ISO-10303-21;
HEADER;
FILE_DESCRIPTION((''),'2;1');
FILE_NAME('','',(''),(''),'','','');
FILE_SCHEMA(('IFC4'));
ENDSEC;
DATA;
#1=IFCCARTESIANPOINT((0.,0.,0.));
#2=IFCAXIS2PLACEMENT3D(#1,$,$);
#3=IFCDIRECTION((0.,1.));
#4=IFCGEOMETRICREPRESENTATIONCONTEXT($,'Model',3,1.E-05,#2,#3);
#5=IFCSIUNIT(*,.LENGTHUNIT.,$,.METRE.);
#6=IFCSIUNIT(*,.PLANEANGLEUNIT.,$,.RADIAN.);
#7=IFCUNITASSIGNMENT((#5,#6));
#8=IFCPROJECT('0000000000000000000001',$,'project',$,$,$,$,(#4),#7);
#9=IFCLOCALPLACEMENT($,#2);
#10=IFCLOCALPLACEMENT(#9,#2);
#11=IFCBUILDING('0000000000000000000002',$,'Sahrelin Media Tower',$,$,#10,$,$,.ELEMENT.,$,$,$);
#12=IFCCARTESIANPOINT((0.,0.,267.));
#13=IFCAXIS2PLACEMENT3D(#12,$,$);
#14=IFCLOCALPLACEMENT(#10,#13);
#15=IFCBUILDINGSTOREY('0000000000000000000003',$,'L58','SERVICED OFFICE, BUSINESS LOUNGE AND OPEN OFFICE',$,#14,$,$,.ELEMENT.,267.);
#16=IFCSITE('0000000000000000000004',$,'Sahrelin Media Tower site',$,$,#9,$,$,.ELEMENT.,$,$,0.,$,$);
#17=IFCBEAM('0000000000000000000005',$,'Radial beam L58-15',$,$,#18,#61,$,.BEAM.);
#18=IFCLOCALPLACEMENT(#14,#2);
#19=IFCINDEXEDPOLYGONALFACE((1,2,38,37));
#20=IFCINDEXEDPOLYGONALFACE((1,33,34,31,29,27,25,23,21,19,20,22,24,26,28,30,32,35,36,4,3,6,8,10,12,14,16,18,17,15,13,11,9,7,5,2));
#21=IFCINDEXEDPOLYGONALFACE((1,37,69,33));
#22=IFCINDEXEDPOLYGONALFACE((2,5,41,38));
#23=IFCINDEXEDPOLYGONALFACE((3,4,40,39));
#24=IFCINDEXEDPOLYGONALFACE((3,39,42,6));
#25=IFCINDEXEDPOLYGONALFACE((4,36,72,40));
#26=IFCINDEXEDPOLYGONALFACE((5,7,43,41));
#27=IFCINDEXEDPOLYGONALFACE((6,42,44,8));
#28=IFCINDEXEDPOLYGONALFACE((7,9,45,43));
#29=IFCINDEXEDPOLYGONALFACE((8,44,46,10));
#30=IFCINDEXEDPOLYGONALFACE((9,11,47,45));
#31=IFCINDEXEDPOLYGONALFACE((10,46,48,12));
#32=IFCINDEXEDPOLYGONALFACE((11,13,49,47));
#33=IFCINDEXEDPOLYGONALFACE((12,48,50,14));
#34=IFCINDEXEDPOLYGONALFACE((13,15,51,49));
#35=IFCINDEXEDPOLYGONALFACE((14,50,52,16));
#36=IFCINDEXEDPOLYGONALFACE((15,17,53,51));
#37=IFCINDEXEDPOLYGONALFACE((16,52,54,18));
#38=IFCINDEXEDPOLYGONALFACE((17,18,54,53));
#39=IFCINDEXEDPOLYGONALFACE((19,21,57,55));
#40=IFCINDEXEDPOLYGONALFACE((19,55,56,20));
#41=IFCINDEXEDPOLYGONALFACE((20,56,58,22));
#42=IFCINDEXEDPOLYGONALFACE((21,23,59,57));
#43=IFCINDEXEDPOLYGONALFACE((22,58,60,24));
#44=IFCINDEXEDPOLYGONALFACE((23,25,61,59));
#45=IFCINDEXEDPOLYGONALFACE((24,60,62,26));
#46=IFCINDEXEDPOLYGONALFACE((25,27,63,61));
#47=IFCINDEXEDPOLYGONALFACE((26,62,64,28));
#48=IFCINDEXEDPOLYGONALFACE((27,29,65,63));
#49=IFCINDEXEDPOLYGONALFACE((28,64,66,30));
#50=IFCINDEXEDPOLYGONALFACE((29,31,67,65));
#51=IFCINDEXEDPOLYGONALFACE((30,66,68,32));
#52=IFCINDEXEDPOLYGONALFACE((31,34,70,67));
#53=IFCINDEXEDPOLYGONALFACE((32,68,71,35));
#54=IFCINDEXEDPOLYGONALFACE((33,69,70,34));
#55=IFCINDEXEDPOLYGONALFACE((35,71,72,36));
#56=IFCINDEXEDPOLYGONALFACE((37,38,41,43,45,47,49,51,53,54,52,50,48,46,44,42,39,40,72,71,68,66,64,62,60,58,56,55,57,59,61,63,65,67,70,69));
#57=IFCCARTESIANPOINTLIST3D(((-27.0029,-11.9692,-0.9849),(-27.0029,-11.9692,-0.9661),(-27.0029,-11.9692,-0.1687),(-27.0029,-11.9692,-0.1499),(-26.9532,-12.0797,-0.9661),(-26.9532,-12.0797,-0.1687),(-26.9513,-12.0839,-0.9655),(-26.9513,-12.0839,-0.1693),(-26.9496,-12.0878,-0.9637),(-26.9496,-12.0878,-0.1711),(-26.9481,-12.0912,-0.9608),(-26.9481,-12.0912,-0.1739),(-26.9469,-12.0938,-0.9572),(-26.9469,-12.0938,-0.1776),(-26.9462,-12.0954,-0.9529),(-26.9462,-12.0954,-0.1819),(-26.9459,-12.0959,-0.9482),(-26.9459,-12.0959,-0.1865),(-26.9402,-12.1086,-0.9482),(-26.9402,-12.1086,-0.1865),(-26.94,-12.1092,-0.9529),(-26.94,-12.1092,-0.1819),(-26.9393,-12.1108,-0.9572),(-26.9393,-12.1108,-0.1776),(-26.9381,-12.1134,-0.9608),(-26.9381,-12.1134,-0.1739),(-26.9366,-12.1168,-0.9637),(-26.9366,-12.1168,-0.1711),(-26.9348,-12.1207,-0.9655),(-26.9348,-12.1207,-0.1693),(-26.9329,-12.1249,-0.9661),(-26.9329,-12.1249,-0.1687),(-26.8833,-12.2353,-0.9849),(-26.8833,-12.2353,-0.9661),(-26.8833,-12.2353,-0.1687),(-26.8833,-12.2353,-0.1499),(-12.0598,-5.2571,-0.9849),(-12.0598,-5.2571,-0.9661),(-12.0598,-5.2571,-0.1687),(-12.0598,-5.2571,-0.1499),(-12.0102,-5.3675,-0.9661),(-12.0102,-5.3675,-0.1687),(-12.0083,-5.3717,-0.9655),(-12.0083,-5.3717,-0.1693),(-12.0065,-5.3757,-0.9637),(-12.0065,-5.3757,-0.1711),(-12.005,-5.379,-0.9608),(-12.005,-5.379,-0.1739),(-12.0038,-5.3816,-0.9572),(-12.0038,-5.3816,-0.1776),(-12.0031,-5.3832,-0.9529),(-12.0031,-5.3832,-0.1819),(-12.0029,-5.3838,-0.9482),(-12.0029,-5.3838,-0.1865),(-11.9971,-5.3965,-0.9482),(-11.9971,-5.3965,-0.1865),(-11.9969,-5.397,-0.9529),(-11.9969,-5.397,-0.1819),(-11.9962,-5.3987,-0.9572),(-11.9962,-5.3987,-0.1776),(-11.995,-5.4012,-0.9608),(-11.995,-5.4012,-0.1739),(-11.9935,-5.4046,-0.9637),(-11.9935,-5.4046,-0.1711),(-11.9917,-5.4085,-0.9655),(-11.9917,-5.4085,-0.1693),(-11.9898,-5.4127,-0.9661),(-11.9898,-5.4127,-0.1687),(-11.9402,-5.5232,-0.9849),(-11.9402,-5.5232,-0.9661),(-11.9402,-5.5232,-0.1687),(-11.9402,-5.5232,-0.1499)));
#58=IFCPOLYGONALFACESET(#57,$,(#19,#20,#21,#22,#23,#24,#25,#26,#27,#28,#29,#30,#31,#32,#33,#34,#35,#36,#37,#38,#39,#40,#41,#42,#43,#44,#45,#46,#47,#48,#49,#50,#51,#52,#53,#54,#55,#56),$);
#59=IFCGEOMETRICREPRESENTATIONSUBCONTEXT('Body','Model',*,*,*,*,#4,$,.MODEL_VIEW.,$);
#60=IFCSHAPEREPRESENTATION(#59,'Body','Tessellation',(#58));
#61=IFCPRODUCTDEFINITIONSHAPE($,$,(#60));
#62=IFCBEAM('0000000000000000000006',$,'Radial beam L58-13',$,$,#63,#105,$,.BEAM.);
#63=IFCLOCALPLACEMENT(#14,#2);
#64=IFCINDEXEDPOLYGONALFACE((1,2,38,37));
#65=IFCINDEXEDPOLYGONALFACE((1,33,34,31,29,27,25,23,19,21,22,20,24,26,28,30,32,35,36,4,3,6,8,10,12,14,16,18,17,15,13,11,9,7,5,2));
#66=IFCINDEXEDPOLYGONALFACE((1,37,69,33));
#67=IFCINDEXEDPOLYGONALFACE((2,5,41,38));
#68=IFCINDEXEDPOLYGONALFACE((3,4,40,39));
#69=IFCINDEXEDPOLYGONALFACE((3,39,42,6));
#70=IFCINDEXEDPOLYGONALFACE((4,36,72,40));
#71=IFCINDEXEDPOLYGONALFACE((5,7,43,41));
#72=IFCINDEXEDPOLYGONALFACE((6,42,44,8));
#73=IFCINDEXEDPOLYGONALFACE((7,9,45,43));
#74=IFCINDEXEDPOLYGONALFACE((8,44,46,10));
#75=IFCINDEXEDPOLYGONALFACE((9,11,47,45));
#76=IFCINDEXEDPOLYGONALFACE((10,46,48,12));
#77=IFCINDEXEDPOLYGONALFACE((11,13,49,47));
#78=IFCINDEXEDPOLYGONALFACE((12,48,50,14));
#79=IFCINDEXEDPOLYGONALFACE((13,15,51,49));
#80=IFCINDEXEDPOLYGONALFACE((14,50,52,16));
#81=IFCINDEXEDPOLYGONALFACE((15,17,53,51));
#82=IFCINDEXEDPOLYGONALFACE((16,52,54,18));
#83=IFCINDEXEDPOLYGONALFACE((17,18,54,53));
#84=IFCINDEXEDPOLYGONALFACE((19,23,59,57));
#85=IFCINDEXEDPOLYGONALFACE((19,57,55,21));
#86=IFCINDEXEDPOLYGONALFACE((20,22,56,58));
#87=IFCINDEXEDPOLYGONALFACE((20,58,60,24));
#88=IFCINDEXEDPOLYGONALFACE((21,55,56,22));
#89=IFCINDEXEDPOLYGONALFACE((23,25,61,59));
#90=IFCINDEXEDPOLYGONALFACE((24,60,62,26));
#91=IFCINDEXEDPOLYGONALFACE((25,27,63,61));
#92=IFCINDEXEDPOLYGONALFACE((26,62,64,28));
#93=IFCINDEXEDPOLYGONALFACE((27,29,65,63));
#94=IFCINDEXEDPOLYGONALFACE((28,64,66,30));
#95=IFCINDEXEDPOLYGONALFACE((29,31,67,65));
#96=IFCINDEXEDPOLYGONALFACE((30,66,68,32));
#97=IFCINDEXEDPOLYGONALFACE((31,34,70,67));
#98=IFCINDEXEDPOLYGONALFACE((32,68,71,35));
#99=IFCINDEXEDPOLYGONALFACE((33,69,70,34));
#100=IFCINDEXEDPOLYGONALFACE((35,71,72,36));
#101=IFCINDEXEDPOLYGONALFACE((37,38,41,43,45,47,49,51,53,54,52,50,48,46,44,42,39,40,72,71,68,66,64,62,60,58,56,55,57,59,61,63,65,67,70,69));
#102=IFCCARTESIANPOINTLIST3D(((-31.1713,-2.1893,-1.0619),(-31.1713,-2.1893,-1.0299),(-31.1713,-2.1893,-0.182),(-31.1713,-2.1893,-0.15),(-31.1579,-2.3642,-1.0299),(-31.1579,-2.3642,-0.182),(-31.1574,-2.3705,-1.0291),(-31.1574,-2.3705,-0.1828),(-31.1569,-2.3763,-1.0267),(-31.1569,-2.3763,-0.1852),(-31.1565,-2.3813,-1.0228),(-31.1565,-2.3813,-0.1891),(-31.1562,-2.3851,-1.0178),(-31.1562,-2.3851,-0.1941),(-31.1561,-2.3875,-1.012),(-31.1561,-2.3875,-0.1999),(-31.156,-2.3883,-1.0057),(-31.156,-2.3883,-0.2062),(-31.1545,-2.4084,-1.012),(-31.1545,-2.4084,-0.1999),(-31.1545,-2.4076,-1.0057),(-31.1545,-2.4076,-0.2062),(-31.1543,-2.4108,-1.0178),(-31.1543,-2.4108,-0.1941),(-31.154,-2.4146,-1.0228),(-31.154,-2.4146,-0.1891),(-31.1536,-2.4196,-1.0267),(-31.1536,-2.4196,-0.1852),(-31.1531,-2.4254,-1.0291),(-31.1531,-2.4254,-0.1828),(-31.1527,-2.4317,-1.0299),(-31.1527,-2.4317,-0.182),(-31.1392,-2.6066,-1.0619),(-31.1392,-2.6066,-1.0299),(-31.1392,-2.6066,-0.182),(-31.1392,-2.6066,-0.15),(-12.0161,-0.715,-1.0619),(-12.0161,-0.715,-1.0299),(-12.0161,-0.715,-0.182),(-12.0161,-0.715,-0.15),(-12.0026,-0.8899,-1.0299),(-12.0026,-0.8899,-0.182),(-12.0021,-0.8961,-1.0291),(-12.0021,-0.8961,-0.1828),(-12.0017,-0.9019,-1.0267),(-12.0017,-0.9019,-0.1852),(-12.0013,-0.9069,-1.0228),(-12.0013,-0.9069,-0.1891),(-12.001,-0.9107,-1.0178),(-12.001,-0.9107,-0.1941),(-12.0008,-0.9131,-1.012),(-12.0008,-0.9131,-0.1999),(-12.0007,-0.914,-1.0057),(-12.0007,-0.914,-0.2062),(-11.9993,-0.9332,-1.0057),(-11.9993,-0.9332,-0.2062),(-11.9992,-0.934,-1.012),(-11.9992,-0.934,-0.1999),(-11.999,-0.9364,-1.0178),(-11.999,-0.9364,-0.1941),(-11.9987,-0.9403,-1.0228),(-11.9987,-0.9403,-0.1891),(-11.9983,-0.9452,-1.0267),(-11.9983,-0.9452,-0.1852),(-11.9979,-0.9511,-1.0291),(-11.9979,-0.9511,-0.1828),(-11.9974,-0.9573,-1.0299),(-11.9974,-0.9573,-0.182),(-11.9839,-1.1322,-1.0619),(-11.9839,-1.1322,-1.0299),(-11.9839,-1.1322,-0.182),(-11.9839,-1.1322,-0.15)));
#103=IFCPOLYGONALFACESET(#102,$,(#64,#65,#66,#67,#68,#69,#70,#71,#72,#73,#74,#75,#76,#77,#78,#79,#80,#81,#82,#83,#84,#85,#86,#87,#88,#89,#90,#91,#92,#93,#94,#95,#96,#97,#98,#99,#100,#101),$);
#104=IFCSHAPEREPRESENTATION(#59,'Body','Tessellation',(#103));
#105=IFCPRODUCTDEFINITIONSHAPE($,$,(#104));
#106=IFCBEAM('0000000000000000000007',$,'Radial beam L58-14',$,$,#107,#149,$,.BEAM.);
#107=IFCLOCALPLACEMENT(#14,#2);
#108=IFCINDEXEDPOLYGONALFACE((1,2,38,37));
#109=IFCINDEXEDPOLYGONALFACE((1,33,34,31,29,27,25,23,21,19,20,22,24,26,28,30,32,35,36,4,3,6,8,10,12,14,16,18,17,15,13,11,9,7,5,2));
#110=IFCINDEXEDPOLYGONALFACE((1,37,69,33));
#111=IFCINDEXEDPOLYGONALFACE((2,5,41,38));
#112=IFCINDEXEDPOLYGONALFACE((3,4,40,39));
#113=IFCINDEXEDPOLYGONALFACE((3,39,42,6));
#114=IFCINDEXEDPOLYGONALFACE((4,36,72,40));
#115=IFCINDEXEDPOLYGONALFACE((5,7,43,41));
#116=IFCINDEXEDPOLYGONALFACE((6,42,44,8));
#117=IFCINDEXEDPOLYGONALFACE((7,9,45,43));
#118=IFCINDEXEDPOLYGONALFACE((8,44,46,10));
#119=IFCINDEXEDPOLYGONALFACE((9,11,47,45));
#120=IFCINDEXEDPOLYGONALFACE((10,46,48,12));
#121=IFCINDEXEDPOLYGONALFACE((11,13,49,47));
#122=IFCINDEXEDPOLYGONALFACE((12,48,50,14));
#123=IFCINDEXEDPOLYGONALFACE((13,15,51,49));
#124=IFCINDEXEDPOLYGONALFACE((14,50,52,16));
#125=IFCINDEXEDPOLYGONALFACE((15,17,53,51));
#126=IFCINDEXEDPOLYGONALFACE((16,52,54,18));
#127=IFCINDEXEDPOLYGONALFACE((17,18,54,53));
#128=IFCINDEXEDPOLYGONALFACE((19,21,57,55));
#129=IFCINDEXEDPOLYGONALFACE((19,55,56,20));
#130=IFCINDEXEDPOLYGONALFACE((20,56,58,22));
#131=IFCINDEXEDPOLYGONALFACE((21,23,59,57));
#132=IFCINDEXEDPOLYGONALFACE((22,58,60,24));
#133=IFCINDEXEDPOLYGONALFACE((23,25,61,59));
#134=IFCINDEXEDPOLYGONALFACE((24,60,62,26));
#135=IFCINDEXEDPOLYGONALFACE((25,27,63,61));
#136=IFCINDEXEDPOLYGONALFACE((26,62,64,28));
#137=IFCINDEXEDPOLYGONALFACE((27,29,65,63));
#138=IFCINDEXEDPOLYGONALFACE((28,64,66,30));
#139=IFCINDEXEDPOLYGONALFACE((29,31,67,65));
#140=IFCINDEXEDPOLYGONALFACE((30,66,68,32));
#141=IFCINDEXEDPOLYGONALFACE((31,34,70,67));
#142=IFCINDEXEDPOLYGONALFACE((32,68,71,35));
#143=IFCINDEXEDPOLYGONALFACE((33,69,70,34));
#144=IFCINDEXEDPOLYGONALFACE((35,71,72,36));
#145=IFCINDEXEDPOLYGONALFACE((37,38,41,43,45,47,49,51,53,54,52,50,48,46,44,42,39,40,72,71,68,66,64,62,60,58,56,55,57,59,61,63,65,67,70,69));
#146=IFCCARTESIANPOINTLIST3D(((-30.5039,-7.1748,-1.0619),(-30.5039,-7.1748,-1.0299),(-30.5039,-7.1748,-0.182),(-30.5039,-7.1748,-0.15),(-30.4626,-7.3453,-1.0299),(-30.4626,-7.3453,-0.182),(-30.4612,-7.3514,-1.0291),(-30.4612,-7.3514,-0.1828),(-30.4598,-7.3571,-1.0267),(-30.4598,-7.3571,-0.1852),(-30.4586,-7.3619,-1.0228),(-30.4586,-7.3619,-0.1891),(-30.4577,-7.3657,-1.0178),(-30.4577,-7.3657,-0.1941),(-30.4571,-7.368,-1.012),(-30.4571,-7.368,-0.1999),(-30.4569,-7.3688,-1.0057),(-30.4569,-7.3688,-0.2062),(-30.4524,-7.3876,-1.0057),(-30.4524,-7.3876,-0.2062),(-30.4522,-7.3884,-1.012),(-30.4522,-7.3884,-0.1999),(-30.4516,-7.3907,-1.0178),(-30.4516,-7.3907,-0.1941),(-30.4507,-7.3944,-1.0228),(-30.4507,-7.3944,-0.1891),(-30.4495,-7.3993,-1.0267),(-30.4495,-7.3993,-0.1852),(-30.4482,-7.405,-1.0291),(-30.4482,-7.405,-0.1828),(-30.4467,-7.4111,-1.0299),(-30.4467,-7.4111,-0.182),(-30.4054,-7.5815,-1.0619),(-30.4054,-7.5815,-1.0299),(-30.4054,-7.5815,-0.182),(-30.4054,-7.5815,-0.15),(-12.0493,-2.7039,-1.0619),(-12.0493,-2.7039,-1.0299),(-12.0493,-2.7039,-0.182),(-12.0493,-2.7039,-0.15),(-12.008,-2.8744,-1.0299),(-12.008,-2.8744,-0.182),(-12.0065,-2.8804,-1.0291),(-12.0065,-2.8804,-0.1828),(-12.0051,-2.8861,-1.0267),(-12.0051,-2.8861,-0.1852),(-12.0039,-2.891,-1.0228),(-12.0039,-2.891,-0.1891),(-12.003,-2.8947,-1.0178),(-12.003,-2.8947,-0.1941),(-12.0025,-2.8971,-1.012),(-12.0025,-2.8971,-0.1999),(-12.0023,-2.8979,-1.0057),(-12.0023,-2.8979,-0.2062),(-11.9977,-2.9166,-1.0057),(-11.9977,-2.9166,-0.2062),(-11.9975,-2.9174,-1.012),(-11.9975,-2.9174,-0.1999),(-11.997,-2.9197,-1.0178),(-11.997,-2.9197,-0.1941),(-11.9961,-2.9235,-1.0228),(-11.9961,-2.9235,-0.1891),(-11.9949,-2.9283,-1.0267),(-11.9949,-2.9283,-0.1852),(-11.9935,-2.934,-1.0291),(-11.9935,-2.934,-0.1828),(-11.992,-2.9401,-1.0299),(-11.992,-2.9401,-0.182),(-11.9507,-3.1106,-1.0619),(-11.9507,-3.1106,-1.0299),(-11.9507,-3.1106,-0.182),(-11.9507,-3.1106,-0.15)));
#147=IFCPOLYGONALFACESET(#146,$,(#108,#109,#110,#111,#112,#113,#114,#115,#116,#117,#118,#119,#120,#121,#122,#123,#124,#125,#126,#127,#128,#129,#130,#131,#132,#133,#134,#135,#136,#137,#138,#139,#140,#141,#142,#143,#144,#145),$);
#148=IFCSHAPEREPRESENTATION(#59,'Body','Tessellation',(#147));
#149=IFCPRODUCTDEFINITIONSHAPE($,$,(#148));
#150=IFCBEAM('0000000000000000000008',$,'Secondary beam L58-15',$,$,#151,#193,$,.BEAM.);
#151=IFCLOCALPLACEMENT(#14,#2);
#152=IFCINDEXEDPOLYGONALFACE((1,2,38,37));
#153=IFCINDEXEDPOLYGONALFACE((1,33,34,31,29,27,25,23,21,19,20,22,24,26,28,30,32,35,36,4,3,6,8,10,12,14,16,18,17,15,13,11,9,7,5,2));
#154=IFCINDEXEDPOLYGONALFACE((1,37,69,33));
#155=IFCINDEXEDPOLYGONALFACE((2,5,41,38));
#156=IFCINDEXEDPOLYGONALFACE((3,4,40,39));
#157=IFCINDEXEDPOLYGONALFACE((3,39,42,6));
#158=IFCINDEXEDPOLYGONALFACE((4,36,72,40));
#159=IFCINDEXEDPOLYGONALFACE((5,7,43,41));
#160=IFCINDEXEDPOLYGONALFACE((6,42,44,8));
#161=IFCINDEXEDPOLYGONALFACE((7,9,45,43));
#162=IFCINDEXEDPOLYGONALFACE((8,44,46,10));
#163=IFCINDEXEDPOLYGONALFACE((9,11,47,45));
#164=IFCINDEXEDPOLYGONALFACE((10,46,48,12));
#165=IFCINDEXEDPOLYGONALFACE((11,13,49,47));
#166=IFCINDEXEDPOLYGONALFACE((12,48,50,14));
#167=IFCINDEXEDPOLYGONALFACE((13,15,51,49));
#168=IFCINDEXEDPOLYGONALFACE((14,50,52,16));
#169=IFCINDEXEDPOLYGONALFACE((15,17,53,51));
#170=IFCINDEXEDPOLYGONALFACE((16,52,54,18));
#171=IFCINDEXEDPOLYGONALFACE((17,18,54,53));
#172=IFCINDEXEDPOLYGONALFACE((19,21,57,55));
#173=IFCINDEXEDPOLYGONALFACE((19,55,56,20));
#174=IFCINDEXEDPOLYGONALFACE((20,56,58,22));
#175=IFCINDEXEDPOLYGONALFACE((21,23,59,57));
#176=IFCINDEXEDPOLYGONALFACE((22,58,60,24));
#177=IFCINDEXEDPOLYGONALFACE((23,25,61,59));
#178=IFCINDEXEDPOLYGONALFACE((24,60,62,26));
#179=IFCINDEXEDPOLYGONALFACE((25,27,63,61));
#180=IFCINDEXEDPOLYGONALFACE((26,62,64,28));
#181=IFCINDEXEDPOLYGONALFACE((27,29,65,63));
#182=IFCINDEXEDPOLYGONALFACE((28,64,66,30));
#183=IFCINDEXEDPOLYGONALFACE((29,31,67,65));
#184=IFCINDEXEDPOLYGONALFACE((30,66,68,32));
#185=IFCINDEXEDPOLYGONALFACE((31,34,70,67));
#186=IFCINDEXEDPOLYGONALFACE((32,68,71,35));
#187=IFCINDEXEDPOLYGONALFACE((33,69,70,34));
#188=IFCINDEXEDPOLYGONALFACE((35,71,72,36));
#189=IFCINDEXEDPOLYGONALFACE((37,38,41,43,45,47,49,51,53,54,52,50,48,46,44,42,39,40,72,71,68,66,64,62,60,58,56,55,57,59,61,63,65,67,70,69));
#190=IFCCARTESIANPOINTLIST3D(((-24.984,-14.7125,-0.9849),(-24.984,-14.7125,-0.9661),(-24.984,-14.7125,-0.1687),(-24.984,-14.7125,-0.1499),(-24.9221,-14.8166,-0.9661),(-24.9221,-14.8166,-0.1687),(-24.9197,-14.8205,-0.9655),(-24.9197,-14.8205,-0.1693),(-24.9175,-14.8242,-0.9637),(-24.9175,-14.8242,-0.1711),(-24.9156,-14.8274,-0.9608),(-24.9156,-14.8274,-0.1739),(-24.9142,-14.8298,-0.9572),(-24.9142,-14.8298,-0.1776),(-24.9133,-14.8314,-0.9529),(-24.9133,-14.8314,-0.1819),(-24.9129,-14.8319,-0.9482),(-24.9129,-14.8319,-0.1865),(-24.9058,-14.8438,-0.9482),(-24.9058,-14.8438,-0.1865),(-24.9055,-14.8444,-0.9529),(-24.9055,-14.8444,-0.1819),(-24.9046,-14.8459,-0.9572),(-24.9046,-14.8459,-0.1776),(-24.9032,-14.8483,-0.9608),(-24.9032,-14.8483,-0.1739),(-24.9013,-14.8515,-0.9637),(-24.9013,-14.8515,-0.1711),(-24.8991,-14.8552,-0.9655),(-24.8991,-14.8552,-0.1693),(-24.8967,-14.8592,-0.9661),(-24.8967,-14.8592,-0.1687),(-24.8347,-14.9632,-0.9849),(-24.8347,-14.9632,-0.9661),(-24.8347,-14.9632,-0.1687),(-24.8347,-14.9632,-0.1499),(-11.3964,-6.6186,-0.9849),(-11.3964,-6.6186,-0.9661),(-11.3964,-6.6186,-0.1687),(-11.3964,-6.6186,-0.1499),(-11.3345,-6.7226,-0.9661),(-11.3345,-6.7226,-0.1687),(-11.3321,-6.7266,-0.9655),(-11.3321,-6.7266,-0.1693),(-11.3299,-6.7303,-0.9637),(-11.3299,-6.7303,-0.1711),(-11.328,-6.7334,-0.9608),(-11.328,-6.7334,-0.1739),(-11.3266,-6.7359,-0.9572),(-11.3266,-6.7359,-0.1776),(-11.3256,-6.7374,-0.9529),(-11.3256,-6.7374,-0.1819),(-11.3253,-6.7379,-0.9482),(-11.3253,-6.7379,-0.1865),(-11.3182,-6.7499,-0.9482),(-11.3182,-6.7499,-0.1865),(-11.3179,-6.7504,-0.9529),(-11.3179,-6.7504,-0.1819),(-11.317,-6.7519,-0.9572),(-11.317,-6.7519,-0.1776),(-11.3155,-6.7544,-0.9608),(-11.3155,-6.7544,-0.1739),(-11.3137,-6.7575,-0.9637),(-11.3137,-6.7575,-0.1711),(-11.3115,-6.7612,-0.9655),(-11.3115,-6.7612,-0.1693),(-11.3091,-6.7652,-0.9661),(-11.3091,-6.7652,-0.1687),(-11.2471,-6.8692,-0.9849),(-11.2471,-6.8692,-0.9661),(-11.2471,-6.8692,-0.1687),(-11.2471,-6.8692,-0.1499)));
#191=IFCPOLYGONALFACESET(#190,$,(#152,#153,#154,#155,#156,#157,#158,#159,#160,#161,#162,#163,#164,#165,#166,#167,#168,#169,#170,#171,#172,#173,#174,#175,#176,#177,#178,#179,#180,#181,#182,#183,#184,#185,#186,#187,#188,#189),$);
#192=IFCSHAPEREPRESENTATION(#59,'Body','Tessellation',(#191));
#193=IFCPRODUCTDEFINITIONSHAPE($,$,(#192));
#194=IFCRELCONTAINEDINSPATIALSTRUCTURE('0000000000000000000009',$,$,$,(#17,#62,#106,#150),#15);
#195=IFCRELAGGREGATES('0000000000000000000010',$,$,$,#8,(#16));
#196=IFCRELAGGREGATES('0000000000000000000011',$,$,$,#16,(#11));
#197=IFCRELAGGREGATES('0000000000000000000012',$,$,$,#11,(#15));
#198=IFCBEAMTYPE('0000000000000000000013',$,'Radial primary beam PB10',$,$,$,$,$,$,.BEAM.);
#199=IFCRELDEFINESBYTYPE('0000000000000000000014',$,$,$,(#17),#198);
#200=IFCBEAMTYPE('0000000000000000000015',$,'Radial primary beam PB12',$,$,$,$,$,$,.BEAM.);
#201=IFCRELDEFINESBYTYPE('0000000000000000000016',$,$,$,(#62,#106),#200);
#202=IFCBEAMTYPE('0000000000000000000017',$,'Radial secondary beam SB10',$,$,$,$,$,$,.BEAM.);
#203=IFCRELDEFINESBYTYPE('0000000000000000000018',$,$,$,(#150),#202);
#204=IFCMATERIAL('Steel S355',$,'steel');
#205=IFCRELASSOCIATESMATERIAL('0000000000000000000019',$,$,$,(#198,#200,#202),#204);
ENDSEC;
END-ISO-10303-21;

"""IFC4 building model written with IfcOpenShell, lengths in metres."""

from ifc_helpers import new_model, si_unit, direction, frame, origin, origin_2d, place, context, subcontext, project, spatial, i_section, extrude, material, material_profile, profile_set, type_object, element, save


model = new_model("IFC4")

# Units and contexts
model_context = context("Model", 3, precision=1e-05, world=origin(), true_north=direction((0.0, 1.0)))
body_context = subcontext(model_context, "Body", "Model", "MODEL_VIEW")
ifc_project = project(units=[si_unit("LENGTHUNIT", "METRE"), si_unit("PLANEANGLEUNIT", "RADIAN")], contexts=[model_context])

# Site, building, storey
site_placement = place(None, origin())
site = spatial("IfcSite", under=ifc_project, at=site_placement, Name="Sahrelin Media Tower site", CompositionType="ELEMENT", RefElevation=0.0)
building_placement = place(site_placement, origin())
building = spatial("IfcBuilding", under=site, at=building_placement, Name="Sahrelin Media Tower", CompositionType="ELEMENT")
storey_placement = place(building_placement, frame((0.0, 0.0, 267.0)))
storey = spatial("IfcBuildingStorey", under=building, at=storey_placement, Name="L58", Description="SERVICED OFFICE, BUSINESS LOUNGE AND OPEN OFFICE", CompositionType="ELEMENT", Elevation=267.0)

# Beams
ifc_material_1 = material(Name="Steel S355", Category="steel")
ifc_material_profile_1 = material_profile(ifc_material_1, i_section(OverallWidth=0.2917, OverallDepth=0.835, WebThickness=0.0139, FlangeThickness=0.0188, FilletRadius=0.0178, at=origin_2d()), Name="UB 838x292x176")
ifc_profile_set_1 = profile_set([ifc_material_profile_1], Name="Steel S355")
beam_type_1 = type_object("IfcBeamType", Name="Radial primary beam PB10", PredefinedType="BEAM", material=ifc_profile_set_1)
beam_1_placement = place(storey_placement, frame((-12.0, -5.3901, -0.5674), z_axis=(-0.912201, -0.409743, 0.0), x_axis=(0.409743, -0.912201, 0.0)))
element("IfcBeam", 1, at=beam_1_placement, inside=storey, type_object=beam_type_1, Name="Radial beam L58-15", PredefinedType="BEAM", context=body_context, shape_type="SweptSolid", body=[
    extrude(i_section(OverallWidth=0.2917, OverallDepth=0.835, WebThickness=0.0139, FlangeThickness=0.0188, FilletRadius=0.0178, at=origin_2d()), origin(), (0.0, 0.0, 1.0), 16.3813),
])
ifc_material_profile_2 = material_profile(ifc_material_1, i_section(OverallWidth=0.4185, OverallDepth=0.9119, WebThickness=0.0193, FlangeThickness=0.032, FilletRadius=0.0242, at=origin_2d()), Name="UB 914x419x343")
ifc_profile_set_2 = profile_set([ifc_material_profile_2], Name="Steel S355")
beam_type_2 = type_object("IfcBeamType", Name="Radial primary beam PB12", PredefinedType="BEAM", material=ifc_profile_set_2)
beam_2_placement = place(storey_placement, frame((-12.0, -0.9236, -0.606), z_axis=(-0.997051, -0.076742, 0.0), x_axis=(0.076742, -0.997051, 0.0)))
element("IfcBeam", 2, at=beam_2_placement, inside=storey, type_object=beam_type_2, Name="Radial beam L58-13", PredefinedType="BEAM", context=body_context, shape_type="SweptSolid", body=[
    extrude(i_section(OverallWidth=0.4185, OverallDepth=0.9119, WebThickness=0.0193, FlangeThickness=0.032, FilletRadius=0.0242, at=origin_2d()), origin(), (0.0, 0.0, 1.0), 19.2119),
])
beam_3_placement = place(storey_placement, frame((-12.0, -2.9072, -0.606), z_axis=(-0.971885, -0.235456, 0.0), x_axis=(0.235456, -0.971885, 0.0)))
element("IfcBeam", 3, at=beam_3_placement, inside=storey, type_object=beam_type_2, Name="Radial beam L58-14", PredefinedType="BEAM", context=body_context, shape_type="SweptSolid", body=[
    extrude(i_section(OverallWidth=0.4185, OverallDepth=0.9119, WebThickness=0.0193, FlangeThickness=0.032, FilletRadius=0.0242, at=origin_2d()), origin(), (0.0, 0.0, 1.0), 18.9885),
])
ifc_material_profile_3 = material_profile(ifc_material_1, i_section(OverallWidth=0.2917, OverallDepth=0.835, WebThickness=0.0139, FlangeThickness=0.0188, FilletRadius=0.0178, at=origin_2d()), Name="UB 838x292x176")
ifc_profile_set_3 = profile_set([ifc_material_profile_3], Name="Steel S355")
beam_type_3 = type_object("IfcBeamType", Name="Radial secondary beam SB10", PredefinedType="BEAM", material=ifc_profile_set_3)
beam_4_placement = place(storey_placement, frame((-11.3218, -6.7439, -0.5674), z_axis=(-0.859123, -0.511769, 0.0), x_axis=(0.511769, -0.859123, 0.0)))
element("IfcBeam", 4, at=beam_4_placement, inside=storey, type_object=beam_type_3, Name="Secondary beam L58-15", PredefinedType="BEAM", context=body_context, shape_type="SweptSolid", body=[
    extrude(i_section(OverallWidth=0.2917, OverallDepth=0.835, WebThickness=0.0139, FlangeThickness=0.0188, FilletRadius=0.0178, at=origin_2d()), origin(), (0.0, 0.0, 1.0), 15.8157),
])

save(model, "model.ifc")
